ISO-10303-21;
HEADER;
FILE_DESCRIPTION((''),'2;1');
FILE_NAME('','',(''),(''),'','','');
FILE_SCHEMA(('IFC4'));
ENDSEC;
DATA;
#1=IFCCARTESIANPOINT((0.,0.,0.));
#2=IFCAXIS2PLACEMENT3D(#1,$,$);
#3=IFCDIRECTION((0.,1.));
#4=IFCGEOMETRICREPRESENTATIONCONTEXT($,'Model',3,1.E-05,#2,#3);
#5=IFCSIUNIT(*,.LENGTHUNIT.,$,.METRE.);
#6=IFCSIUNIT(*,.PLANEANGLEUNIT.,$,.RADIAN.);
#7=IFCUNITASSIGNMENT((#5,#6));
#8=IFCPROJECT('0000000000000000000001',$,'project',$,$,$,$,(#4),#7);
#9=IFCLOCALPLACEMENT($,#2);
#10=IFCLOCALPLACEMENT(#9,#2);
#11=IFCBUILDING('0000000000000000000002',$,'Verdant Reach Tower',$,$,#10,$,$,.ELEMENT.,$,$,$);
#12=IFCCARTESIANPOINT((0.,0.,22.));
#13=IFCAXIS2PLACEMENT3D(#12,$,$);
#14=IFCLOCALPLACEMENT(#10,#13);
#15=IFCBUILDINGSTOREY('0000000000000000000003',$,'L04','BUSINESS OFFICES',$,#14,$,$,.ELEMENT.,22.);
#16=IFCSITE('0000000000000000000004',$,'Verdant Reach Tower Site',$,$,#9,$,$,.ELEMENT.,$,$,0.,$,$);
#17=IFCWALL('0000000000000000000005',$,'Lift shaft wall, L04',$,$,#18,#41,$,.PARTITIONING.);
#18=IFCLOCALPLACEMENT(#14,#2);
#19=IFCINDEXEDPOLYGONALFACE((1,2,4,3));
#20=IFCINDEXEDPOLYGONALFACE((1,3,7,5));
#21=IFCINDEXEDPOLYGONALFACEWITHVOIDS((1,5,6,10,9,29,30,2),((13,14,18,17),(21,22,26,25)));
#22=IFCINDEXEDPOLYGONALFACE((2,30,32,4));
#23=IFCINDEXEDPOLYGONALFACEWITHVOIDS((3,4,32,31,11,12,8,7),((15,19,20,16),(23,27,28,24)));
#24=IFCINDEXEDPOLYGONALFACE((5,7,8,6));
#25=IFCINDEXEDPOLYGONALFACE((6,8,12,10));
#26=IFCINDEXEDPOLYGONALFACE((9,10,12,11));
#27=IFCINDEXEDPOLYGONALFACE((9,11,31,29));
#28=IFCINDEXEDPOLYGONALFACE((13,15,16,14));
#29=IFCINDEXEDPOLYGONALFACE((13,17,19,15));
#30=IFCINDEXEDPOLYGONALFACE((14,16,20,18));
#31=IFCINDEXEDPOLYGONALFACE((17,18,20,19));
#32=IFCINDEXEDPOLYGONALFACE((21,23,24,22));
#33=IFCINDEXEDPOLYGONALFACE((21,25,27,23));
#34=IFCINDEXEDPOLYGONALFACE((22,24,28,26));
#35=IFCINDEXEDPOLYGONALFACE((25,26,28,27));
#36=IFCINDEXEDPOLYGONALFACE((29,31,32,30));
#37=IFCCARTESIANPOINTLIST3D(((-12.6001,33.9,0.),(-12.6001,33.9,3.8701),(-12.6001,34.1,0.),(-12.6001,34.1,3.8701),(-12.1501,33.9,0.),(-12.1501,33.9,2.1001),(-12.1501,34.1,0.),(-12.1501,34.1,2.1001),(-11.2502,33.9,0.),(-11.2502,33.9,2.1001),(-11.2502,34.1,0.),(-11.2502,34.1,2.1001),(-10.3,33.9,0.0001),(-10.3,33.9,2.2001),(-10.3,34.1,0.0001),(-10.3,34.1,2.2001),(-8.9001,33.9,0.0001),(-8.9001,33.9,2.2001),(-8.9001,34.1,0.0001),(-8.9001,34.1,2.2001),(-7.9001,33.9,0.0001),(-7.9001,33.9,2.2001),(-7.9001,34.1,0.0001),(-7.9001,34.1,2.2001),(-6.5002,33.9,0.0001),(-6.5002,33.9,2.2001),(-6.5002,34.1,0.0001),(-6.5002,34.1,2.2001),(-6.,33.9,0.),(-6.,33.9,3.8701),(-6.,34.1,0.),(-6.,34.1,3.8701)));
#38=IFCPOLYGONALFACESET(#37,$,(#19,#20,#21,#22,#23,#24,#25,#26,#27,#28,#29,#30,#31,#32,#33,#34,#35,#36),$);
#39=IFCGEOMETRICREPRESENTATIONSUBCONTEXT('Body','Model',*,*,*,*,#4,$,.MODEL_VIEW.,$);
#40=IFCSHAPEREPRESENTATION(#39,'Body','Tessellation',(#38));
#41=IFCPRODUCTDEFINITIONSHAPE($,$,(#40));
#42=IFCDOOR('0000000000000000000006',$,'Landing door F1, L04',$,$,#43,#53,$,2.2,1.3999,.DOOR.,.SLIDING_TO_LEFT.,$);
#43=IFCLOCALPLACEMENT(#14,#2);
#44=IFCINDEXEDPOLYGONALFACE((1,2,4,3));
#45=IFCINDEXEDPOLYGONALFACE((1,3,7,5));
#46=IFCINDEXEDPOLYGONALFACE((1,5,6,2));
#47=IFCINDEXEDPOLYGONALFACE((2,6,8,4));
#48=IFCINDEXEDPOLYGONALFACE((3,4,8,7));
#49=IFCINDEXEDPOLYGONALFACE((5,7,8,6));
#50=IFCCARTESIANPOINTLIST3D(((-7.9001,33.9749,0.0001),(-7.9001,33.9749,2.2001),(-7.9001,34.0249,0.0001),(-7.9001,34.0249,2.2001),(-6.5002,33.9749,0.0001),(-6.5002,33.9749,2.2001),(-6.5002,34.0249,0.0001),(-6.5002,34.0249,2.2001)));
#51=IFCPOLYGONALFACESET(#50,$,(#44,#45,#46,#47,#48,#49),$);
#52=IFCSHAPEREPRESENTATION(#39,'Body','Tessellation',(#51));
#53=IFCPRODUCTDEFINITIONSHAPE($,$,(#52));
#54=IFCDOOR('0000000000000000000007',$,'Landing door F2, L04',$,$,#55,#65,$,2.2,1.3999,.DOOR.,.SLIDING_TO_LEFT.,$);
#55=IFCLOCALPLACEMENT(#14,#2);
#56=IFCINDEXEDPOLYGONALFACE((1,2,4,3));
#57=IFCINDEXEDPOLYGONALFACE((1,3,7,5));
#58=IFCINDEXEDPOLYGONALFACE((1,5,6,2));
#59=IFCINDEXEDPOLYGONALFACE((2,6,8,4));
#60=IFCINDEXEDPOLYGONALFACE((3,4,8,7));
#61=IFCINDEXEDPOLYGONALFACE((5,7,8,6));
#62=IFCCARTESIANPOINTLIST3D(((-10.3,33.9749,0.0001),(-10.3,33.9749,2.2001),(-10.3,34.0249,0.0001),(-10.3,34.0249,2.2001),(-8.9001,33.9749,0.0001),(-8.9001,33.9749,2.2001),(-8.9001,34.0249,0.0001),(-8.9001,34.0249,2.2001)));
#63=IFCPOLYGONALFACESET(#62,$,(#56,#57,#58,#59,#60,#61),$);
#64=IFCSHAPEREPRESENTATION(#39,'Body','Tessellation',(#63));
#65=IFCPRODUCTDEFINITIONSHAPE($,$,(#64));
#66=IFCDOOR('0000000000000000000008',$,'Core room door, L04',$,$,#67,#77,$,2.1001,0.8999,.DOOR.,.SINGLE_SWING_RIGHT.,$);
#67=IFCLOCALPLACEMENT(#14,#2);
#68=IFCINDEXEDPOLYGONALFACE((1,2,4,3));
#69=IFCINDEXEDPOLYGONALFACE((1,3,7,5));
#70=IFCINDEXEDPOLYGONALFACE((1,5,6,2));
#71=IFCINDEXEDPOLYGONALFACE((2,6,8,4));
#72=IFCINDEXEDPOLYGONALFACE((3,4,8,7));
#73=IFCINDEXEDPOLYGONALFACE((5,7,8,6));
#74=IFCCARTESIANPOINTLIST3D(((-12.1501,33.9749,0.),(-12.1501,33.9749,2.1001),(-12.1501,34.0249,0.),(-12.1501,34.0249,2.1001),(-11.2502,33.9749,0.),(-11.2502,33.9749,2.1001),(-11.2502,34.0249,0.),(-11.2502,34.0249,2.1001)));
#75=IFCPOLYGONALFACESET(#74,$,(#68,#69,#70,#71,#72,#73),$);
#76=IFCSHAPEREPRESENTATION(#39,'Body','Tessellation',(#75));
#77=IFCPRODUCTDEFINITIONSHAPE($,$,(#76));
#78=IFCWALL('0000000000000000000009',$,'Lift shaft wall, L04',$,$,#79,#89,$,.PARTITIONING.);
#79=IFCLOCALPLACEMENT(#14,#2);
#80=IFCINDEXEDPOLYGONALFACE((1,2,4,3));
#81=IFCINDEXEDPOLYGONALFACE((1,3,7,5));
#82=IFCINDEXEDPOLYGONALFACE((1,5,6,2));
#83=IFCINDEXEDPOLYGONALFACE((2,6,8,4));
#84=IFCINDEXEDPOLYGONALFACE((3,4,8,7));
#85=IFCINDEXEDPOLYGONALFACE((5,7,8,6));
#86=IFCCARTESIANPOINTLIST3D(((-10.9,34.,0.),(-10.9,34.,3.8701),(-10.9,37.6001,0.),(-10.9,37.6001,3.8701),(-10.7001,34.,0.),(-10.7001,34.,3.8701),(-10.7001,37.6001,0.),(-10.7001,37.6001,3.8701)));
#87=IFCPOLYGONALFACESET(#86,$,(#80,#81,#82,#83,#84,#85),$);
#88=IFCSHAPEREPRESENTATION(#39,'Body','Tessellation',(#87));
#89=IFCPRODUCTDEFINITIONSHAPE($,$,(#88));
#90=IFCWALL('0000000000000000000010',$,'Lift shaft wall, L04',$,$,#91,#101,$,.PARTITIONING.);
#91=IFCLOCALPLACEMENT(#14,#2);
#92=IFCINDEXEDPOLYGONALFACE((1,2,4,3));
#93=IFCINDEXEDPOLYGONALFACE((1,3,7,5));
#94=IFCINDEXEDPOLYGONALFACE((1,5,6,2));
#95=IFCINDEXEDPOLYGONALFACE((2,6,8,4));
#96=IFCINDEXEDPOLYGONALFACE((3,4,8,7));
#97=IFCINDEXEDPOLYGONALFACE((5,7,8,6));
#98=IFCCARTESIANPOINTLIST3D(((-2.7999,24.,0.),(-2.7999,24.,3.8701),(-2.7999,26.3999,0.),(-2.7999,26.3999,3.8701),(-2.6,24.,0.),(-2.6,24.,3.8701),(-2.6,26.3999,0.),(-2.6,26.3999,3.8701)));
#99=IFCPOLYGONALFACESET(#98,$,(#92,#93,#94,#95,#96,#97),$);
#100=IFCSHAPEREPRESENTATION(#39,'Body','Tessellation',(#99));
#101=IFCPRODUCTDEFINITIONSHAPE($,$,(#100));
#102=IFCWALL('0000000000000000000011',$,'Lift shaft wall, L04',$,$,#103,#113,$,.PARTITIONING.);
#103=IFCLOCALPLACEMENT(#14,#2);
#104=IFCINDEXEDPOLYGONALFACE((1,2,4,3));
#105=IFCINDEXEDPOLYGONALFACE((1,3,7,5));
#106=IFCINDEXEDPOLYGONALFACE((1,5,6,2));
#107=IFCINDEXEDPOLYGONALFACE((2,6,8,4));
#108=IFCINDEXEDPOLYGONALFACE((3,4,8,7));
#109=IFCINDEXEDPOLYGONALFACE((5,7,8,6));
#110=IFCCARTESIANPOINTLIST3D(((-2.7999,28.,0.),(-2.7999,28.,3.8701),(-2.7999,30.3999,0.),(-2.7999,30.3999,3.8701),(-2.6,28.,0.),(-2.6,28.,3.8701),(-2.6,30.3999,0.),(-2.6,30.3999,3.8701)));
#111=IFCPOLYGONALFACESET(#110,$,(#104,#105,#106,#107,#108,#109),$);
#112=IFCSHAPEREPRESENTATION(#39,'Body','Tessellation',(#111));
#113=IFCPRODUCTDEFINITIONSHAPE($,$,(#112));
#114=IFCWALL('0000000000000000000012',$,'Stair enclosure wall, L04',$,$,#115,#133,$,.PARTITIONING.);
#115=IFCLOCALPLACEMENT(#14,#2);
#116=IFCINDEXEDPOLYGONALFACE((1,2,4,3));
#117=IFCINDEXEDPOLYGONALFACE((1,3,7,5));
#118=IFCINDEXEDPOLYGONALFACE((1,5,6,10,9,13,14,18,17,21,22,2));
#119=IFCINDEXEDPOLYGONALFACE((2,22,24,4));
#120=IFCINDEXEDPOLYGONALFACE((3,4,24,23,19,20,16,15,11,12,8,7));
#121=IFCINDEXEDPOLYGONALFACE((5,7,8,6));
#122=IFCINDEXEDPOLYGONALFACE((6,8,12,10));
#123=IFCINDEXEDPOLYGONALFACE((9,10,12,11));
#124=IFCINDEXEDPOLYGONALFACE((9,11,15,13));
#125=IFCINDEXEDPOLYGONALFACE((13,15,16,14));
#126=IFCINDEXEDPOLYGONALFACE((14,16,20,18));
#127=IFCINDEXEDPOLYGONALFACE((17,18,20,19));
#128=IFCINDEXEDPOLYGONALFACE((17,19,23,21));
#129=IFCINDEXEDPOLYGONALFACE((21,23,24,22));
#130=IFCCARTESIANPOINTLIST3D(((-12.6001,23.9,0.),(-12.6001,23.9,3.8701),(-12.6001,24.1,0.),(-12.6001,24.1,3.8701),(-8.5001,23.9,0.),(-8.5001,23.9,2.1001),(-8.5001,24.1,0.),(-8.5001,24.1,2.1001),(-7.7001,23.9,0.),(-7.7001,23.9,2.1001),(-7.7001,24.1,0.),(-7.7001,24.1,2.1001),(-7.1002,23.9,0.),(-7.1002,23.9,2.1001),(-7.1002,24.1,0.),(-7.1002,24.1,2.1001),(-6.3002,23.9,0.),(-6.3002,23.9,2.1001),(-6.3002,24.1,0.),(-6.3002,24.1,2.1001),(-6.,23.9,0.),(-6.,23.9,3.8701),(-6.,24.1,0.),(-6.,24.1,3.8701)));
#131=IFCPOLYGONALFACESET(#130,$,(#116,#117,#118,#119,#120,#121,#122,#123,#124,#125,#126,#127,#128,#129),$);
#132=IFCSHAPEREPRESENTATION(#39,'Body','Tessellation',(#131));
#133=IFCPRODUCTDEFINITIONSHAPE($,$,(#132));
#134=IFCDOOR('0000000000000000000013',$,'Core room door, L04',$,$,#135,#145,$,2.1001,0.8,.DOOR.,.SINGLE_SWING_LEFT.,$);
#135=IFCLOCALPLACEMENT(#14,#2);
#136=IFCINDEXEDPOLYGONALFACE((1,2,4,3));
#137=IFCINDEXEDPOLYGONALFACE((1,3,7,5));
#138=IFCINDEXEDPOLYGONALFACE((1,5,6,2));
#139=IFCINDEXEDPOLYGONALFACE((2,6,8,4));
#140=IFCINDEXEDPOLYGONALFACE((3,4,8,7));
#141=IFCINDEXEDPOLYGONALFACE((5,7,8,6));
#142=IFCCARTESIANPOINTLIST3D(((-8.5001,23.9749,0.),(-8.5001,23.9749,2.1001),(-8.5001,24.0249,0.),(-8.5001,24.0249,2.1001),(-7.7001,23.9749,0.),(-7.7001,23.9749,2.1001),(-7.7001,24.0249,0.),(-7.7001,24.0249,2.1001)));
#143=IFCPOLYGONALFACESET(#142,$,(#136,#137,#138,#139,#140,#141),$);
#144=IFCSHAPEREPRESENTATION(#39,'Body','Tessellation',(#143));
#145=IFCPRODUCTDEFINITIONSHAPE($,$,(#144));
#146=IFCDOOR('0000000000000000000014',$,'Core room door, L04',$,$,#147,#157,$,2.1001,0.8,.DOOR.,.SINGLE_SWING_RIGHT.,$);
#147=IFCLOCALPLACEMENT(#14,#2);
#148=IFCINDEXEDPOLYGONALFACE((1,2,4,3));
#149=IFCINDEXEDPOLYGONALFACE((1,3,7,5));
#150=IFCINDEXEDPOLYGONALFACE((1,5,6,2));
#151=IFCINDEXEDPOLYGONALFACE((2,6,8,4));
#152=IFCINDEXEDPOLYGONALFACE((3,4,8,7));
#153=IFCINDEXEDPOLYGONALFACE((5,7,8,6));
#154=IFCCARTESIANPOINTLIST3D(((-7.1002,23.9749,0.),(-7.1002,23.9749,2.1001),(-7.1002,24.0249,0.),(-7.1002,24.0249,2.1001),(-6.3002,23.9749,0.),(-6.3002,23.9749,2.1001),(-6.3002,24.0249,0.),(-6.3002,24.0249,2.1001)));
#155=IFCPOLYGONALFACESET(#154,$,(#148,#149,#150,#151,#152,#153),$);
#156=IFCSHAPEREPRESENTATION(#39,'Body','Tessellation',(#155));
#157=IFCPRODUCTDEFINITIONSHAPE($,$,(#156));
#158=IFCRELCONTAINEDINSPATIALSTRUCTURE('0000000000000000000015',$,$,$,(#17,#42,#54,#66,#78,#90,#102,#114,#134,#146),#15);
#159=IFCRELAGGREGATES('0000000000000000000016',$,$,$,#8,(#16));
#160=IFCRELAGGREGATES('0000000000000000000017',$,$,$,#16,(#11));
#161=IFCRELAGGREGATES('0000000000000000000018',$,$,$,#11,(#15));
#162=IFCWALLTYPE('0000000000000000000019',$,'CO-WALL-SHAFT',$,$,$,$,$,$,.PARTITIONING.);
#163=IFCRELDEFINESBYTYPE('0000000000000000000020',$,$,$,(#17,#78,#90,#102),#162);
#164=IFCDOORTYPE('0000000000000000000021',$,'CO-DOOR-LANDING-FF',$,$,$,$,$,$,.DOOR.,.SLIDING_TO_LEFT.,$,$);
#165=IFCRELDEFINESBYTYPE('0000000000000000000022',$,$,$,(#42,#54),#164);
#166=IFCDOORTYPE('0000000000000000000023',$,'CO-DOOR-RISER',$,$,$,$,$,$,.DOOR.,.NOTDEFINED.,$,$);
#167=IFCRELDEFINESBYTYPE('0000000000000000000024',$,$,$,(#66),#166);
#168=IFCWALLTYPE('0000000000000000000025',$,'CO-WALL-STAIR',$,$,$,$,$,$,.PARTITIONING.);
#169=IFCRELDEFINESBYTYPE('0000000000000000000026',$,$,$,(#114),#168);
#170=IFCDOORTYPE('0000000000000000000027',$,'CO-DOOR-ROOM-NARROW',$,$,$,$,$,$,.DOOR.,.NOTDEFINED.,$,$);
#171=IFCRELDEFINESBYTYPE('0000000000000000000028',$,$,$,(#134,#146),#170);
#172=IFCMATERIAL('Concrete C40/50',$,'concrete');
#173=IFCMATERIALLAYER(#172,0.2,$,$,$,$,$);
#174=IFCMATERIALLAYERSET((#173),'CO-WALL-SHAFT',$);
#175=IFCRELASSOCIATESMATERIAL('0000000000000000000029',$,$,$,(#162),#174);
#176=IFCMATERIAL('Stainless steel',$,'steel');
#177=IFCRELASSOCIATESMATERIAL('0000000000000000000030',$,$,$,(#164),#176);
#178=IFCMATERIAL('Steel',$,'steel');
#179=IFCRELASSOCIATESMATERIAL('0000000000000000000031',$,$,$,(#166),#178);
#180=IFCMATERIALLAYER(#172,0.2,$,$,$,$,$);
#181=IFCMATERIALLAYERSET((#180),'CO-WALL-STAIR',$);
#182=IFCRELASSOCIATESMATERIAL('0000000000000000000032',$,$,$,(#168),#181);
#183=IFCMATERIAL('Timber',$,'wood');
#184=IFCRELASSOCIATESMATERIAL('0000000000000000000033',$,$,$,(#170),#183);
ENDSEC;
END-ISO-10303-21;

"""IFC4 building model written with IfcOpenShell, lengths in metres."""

from ifc_helpers import new_model, si_unit, direction, frame, frame_2d, origin, place, context, subcontext, project, spatial, rectangle, extrude, material, layer, layer_set, type_object, element, fill, save


model = new_model("IFC4")

# Units and contexts
model_context = context("Model", 3, precision=1e-05, world=origin(), true_north=direction((0.0, 1.0)))
body_context = subcontext(model_context, "Body", "Model", "MODEL_VIEW")
ifc_project = project(units=[si_unit("LENGTHUNIT", "METRE"), si_unit("PLANEANGLEUNIT", "RADIAN")], contexts=[model_context])

# Site, building, storey
site_placement = place(None, origin())
site = spatial("IfcSite", under=ifc_project, at=site_placement, Name="Verdant Reach Tower Site", CompositionType="ELEMENT", RefElevation=0.0)
building_placement = place(site_placement, origin())
building = spatial("IfcBuilding", under=site, at=building_placement, Name="Verdant Reach Tower", CompositionType="ELEMENT")
storey_placement = place(building_placement, frame((0.0, 0.0, 22.0)))
storey = spatial("IfcBuildingStorey", under=building, at=storey_placement, Name="L04", Description="BUSINESS OFFICES", CompositionType="ELEMENT", Elevation=22.0)

# Shared definitions
ifc_material_1 = material(Name="Concrete C40/50", Category="concrete")
ifc_layer_1 = layer(ifc_material_1, 0.2)
ifc_layer_set_1 = layer_set([ifc_layer_1], Name="CO-WALL-SHAFT")
wall_type_1 = type_object("IfcWallType", Name="CO-WALL-SHAFT", PredefinedType="PARTITIONING", material=ifc_layer_set_1)
ifc_material_2 = material(Name="Stainless steel", Category="steel")

# Wall, openings, doors
wall_1_placement = place(storey_placement, frame((-12.6001, 34.0, 0.0), z_axis=(0.0, 0.0, 1.0), x_axis=(1.0, 0.0, 0.0)))
wall_1 = element("IfcWall", 1, at=wall_1_placement, inside=storey, type_object=wall_type_1, Name="Lift shaft wall, L04", PredefinedType="PARTITIONING", context=body_context, shape_type="SweptSolid", body=[
    extrude(rectangle(XDim=6.6001, YDim=0.2, at=frame_2d((3.3, 0.0))), origin(), (0.0, 0.0, 1.0), 3.8701),
])
opening_1_placement = place(wall_1_placement, frame((4.7, 0.0, 0.0)))
opening_1 = element("IfcOpeningElement", 2, at=opening_1_placement, cuts=wall_1, PredefinedType="OPENING", context=body_context, shape_type="SweptSolid", body=[
    extrude(rectangle(XDim=1.3999, YDim=2.2, at=frame_2d((0.7, 1.1001))), frame((0.0, 0.1099, 0.0), z_axis=(0.0, -1.0, 0.0), x_axis=(1.0, 0.0, 0.0)), (0.0, 0.0, 1.0), 0.22),
])
opening_2_placement = place(wall_1_placement, frame((2.3, 0.0, 0.0)))
opening_2 = element("IfcOpeningElement", 3, at=opening_2_placement, cuts=wall_1, PredefinedType="OPENING", context=body_context, shape_type="SweptSolid", body=[
    extrude(rectangle(XDim=1.3999, YDim=2.2, at=frame_2d((0.7, 1.1001))), frame((0.0, 0.1099, 0.0), z_axis=(0.0, -1.0, 0.0), x_axis=(1.0, 0.0, 0.0)), (0.0, 0.0, 1.0), 0.22),
])
opening_3_placement = place(wall_1_placement, frame((0.45, 0.0, 0.0)))
opening_3 = element("IfcOpeningElement", 4, at=opening_3_placement, cuts=wall_1, PredefinedType="OPENING", context=body_context, shape_type="SweptSolid", body=[
    extrude(rectangle(XDim=0.8999, YDim=2.1001, at=frame_2d((0.45, 1.05))), frame((0.0, 0.1099, 0.0), z_axis=(0.0, -1.0, 0.0), x_axis=(1.0, 0.0, 0.0)), (0.0, 0.0, 1.0), 0.22),
])
door_type_1 = type_object("IfcDoorType", Name="CO-DOOR-LANDING-FF", OperationType="SLIDING_TO_LEFT", PredefinedType="DOOR", material=ifc_material_2)
door_1_placement = place(opening_1_placement, origin())
door_1 = element("IfcDoor", 5, at=door_1_placement, inside=storey, type_object=door_type_1, Name="Landing door F1, L04", OperationType="SLIDING_TO_LEFT", OverallHeight=2.2, OverallWidth=1.3999, PredefinedType="DOOR", context=body_context, shape_type="SweptSolid", body=[
    extrude(rectangle(XDim=1.3999, YDim=2.2, at=frame_2d((0.7, 1.1001))), frame((0.0, 0.0249, 0.0), z_axis=(0.0, -1.0, 0.0), x_axis=(1.0, 0.0, 0.0)), (0.0, 0.0, 1.0), 0.05),
])
fill(opening_1, door_1)
door_2_placement = place(opening_2_placement, origin())
door_2 = element("IfcDoor", 6, at=door_2_placement, inside=storey, type_object=door_type_1, Name="Landing door F2, L04", OperationType="SLIDING_TO_LEFT", OverallHeight=2.2, OverallWidth=1.3999, PredefinedType="DOOR", context=body_context, shape_type="SweptSolid", body=[
    extrude(rectangle(XDim=1.3999, YDim=2.2, at=frame_2d((0.7, 1.1001))), frame((0.0, 0.0249, 0.0), z_axis=(0.0, -1.0, 0.0), x_axis=(1.0, 0.0, 0.0)), (0.0, 0.0, 1.0), 0.05),
])
fill(opening_2, door_2)
ifc_material_3 = material(Name="Steel", Category="steel")
door_type_2 = type_object("IfcDoorType", Name="CO-DOOR-RISER", OperationType="NOTDEFINED", PredefinedType="DOOR", material=ifc_material_3)
door_3_placement = place(opening_3_placement, origin())
door_3 = element("IfcDoor", 7, at=door_3_placement, inside=storey, type_object=door_type_2, Name="Core room door, L04", OperationType="SINGLE_SWING_RIGHT", OverallHeight=2.1001, OverallWidth=0.8999, PredefinedType="DOOR", context=body_context, shape_type="SweptSolid", body=[
    extrude(rectangle(XDim=0.8999, YDim=2.1001, at=frame_2d((0.45, 1.05))), frame((0.0, 0.0249, 0.0), z_axis=(0.0, -1.0, 0.0), x_axis=(1.0, 0.0, 0.0)), (0.0, 0.0, 1.0), 0.05),
])
fill(opening_3, door_3)

# Walls
wall_2_placement = place(storey_placement, frame((-10.8, 34.0, 0.0), z_axis=(0.0, 0.0, 1.0), x_axis=(0.0, 1.0, 0.0)))
element("IfcWall", 8, at=wall_2_placement, inside=storey, type_object=wall_type_1, Name="Lift shaft wall, L04", PredefinedType="PARTITIONING", context=body_context, shape_type="SweptSolid", body=[
    extrude(rectangle(XDim=3.6001, YDim=0.2, at=frame_2d((1.8, 0.0))), origin(), (0.0, 0.0, 1.0), 3.8701),
])
for number, where, z_axis, x_axis, name in (
    (9, (-2.7, 24.0, 0.0), (0.0, 0.0, 1.0), (0.0, 1.0, 0.0), "Lift shaft wall, L04"),
    (10, (-2.7, 28.0, 0.0), (0.0, 0.0, 1.0), (0.0, 1.0, 0.0), "Lift shaft wall, L04"),
):
    element("IfcWall", number, at=place(storey_placement, frame(where, z_axis=z_axis, x_axis=x_axis)), inside=storey, type_object=wall_type_1, Name=name, PredefinedType="PARTITIONING", context=body_context, shape_type="SweptSolid", body=[
        extrude(rectangle(XDim=2.3999, YDim=0.2, at=frame_2d((1.2, 0.0))), origin(), (0.0, 0.0, 1.0), 3.8701),
    ])

# Wall, openings, doors
ifc_layer_2 = layer(ifc_material_1, 0.2)
ifc_layer_set_2 = layer_set([ifc_layer_2], Name="CO-WALL-STAIR")
wall_type_2 = type_object("IfcWallType", Name="CO-WALL-STAIR", PredefinedType="PARTITIONING", material=ifc_layer_set_2)
wall_3_placement = place(storey_placement, frame((-12.6001, 24.0, 0.0), z_axis=(0.0, 0.0, 1.0), x_axis=(1.0, 0.0, 0.0)))
wall_3 = element("IfcWall", 11, at=wall_3_placement, inside=storey, type_object=wall_type_2, Name="Stair enclosure wall, L04", PredefinedType="PARTITIONING", context=body_context, shape_type="SweptSolid", body=[
    extrude(rectangle(XDim=6.6001, YDim=0.2, at=frame_2d((3.3, 0.0))), origin(), (0.0, 0.0, 1.0), 3.8701),
])
opening_4_placement = place(wall_3_placement, frame((4.1001, 0.0, 0.0)))
opening_4 = element("IfcOpeningElement", 12, at=opening_4_placement, cuts=wall_3, PredefinedType="OPENING", context=body_context, shape_type="SweptSolid", body=[
    extrude(rectangle(XDim=0.8, YDim=2.1001, at=frame_2d((0.3999, 1.05))), frame((0.0, 0.1099, 0.0), z_axis=(0.0, -1.0, 0.0), x_axis=(1.0, 0.0, 0.0)), (0.0, 0.0, 1.0), 0.22),
])
opening_5_placement = place(wall_3_placement, frame((5.5, 0.0, 0.0)))
opening_5 = element("IfcOpeningElement", 13, at=opening_5_placement, cuts=wall_3, PredefinedType="OPENING", context=body_context, shape_type="SweptSolid", body=[
    extrude(rectangle(XDim=0.8, YDim=2.1001, at=frame_2d((0.3999, 1.05))), frame((0.0, 0.1099, 0.0), z_axis=(0.0, -1.0, 0.0), x_axis=(1.0, 0.0, 0.0)), (0.0, 0.0, 1.0), 0.22),
])
ifc_material_4 = material(Name="Timber", Category="wood")
door_type_3 = type_object("IfcDoorType", Name="CO-DOOR-ROOM-NARROW", OperationType="NOTDEFINED", PredefinedType="DOOR", material=ifc_material_4)
door_4_placement = place(opening_4_placement, origin())
door_4 = element("IfcDoor", 14, at=door_4_placement, inside=storey, type_object=door_type_3, Name="Core room door, L04", OperationType="SINGLE_SWING_LEFT", OverallHeight=2.1001, OverallWidth=0.8, PredefinedType="DOOR", context=body_context, shape_type="SweptSolid", body=[
    extrude(rectangle(XDim=0.8, YDim=2.1001, at=frame_2d((0.3999, 1.05))), frame((0.0, 0.0249, 0.0), z_axis=(0.0, -1.0, 0.0), x_axis=(1.0, 0.0, 0.0)), (0.0, 0.0, 1.0), 0.05),
])
fill(opening_4, door_4)
door_5_placement = place(opening_5_placement, origin())
door_5 = element("IfcDoor", 15, at=door_5_placement, inside=storey, type_object=door_type_3, Name="Core room door, L04", OperationType="SINGLE_SWING_RIGHT", OverallHeight=2.1001, OverallWidth=0.8, PredefinedType="DOOR", context=body_context, shape_type="SweptSolid", body=[
    extrude(rectangle(XDim=0.8, YDim=2.1001, at=frame_2d((0.3999, 1.05))), frame((0.0, 0.0249, 0.0), z_axis=(0.0, -1.0, 0.0), x_axis=(1.0, 0.0, 0.0)), (0.0, 0.0, 1.0), 0.05),
])
fill(opening_5, door_5)

save(model, "model.ifc")
